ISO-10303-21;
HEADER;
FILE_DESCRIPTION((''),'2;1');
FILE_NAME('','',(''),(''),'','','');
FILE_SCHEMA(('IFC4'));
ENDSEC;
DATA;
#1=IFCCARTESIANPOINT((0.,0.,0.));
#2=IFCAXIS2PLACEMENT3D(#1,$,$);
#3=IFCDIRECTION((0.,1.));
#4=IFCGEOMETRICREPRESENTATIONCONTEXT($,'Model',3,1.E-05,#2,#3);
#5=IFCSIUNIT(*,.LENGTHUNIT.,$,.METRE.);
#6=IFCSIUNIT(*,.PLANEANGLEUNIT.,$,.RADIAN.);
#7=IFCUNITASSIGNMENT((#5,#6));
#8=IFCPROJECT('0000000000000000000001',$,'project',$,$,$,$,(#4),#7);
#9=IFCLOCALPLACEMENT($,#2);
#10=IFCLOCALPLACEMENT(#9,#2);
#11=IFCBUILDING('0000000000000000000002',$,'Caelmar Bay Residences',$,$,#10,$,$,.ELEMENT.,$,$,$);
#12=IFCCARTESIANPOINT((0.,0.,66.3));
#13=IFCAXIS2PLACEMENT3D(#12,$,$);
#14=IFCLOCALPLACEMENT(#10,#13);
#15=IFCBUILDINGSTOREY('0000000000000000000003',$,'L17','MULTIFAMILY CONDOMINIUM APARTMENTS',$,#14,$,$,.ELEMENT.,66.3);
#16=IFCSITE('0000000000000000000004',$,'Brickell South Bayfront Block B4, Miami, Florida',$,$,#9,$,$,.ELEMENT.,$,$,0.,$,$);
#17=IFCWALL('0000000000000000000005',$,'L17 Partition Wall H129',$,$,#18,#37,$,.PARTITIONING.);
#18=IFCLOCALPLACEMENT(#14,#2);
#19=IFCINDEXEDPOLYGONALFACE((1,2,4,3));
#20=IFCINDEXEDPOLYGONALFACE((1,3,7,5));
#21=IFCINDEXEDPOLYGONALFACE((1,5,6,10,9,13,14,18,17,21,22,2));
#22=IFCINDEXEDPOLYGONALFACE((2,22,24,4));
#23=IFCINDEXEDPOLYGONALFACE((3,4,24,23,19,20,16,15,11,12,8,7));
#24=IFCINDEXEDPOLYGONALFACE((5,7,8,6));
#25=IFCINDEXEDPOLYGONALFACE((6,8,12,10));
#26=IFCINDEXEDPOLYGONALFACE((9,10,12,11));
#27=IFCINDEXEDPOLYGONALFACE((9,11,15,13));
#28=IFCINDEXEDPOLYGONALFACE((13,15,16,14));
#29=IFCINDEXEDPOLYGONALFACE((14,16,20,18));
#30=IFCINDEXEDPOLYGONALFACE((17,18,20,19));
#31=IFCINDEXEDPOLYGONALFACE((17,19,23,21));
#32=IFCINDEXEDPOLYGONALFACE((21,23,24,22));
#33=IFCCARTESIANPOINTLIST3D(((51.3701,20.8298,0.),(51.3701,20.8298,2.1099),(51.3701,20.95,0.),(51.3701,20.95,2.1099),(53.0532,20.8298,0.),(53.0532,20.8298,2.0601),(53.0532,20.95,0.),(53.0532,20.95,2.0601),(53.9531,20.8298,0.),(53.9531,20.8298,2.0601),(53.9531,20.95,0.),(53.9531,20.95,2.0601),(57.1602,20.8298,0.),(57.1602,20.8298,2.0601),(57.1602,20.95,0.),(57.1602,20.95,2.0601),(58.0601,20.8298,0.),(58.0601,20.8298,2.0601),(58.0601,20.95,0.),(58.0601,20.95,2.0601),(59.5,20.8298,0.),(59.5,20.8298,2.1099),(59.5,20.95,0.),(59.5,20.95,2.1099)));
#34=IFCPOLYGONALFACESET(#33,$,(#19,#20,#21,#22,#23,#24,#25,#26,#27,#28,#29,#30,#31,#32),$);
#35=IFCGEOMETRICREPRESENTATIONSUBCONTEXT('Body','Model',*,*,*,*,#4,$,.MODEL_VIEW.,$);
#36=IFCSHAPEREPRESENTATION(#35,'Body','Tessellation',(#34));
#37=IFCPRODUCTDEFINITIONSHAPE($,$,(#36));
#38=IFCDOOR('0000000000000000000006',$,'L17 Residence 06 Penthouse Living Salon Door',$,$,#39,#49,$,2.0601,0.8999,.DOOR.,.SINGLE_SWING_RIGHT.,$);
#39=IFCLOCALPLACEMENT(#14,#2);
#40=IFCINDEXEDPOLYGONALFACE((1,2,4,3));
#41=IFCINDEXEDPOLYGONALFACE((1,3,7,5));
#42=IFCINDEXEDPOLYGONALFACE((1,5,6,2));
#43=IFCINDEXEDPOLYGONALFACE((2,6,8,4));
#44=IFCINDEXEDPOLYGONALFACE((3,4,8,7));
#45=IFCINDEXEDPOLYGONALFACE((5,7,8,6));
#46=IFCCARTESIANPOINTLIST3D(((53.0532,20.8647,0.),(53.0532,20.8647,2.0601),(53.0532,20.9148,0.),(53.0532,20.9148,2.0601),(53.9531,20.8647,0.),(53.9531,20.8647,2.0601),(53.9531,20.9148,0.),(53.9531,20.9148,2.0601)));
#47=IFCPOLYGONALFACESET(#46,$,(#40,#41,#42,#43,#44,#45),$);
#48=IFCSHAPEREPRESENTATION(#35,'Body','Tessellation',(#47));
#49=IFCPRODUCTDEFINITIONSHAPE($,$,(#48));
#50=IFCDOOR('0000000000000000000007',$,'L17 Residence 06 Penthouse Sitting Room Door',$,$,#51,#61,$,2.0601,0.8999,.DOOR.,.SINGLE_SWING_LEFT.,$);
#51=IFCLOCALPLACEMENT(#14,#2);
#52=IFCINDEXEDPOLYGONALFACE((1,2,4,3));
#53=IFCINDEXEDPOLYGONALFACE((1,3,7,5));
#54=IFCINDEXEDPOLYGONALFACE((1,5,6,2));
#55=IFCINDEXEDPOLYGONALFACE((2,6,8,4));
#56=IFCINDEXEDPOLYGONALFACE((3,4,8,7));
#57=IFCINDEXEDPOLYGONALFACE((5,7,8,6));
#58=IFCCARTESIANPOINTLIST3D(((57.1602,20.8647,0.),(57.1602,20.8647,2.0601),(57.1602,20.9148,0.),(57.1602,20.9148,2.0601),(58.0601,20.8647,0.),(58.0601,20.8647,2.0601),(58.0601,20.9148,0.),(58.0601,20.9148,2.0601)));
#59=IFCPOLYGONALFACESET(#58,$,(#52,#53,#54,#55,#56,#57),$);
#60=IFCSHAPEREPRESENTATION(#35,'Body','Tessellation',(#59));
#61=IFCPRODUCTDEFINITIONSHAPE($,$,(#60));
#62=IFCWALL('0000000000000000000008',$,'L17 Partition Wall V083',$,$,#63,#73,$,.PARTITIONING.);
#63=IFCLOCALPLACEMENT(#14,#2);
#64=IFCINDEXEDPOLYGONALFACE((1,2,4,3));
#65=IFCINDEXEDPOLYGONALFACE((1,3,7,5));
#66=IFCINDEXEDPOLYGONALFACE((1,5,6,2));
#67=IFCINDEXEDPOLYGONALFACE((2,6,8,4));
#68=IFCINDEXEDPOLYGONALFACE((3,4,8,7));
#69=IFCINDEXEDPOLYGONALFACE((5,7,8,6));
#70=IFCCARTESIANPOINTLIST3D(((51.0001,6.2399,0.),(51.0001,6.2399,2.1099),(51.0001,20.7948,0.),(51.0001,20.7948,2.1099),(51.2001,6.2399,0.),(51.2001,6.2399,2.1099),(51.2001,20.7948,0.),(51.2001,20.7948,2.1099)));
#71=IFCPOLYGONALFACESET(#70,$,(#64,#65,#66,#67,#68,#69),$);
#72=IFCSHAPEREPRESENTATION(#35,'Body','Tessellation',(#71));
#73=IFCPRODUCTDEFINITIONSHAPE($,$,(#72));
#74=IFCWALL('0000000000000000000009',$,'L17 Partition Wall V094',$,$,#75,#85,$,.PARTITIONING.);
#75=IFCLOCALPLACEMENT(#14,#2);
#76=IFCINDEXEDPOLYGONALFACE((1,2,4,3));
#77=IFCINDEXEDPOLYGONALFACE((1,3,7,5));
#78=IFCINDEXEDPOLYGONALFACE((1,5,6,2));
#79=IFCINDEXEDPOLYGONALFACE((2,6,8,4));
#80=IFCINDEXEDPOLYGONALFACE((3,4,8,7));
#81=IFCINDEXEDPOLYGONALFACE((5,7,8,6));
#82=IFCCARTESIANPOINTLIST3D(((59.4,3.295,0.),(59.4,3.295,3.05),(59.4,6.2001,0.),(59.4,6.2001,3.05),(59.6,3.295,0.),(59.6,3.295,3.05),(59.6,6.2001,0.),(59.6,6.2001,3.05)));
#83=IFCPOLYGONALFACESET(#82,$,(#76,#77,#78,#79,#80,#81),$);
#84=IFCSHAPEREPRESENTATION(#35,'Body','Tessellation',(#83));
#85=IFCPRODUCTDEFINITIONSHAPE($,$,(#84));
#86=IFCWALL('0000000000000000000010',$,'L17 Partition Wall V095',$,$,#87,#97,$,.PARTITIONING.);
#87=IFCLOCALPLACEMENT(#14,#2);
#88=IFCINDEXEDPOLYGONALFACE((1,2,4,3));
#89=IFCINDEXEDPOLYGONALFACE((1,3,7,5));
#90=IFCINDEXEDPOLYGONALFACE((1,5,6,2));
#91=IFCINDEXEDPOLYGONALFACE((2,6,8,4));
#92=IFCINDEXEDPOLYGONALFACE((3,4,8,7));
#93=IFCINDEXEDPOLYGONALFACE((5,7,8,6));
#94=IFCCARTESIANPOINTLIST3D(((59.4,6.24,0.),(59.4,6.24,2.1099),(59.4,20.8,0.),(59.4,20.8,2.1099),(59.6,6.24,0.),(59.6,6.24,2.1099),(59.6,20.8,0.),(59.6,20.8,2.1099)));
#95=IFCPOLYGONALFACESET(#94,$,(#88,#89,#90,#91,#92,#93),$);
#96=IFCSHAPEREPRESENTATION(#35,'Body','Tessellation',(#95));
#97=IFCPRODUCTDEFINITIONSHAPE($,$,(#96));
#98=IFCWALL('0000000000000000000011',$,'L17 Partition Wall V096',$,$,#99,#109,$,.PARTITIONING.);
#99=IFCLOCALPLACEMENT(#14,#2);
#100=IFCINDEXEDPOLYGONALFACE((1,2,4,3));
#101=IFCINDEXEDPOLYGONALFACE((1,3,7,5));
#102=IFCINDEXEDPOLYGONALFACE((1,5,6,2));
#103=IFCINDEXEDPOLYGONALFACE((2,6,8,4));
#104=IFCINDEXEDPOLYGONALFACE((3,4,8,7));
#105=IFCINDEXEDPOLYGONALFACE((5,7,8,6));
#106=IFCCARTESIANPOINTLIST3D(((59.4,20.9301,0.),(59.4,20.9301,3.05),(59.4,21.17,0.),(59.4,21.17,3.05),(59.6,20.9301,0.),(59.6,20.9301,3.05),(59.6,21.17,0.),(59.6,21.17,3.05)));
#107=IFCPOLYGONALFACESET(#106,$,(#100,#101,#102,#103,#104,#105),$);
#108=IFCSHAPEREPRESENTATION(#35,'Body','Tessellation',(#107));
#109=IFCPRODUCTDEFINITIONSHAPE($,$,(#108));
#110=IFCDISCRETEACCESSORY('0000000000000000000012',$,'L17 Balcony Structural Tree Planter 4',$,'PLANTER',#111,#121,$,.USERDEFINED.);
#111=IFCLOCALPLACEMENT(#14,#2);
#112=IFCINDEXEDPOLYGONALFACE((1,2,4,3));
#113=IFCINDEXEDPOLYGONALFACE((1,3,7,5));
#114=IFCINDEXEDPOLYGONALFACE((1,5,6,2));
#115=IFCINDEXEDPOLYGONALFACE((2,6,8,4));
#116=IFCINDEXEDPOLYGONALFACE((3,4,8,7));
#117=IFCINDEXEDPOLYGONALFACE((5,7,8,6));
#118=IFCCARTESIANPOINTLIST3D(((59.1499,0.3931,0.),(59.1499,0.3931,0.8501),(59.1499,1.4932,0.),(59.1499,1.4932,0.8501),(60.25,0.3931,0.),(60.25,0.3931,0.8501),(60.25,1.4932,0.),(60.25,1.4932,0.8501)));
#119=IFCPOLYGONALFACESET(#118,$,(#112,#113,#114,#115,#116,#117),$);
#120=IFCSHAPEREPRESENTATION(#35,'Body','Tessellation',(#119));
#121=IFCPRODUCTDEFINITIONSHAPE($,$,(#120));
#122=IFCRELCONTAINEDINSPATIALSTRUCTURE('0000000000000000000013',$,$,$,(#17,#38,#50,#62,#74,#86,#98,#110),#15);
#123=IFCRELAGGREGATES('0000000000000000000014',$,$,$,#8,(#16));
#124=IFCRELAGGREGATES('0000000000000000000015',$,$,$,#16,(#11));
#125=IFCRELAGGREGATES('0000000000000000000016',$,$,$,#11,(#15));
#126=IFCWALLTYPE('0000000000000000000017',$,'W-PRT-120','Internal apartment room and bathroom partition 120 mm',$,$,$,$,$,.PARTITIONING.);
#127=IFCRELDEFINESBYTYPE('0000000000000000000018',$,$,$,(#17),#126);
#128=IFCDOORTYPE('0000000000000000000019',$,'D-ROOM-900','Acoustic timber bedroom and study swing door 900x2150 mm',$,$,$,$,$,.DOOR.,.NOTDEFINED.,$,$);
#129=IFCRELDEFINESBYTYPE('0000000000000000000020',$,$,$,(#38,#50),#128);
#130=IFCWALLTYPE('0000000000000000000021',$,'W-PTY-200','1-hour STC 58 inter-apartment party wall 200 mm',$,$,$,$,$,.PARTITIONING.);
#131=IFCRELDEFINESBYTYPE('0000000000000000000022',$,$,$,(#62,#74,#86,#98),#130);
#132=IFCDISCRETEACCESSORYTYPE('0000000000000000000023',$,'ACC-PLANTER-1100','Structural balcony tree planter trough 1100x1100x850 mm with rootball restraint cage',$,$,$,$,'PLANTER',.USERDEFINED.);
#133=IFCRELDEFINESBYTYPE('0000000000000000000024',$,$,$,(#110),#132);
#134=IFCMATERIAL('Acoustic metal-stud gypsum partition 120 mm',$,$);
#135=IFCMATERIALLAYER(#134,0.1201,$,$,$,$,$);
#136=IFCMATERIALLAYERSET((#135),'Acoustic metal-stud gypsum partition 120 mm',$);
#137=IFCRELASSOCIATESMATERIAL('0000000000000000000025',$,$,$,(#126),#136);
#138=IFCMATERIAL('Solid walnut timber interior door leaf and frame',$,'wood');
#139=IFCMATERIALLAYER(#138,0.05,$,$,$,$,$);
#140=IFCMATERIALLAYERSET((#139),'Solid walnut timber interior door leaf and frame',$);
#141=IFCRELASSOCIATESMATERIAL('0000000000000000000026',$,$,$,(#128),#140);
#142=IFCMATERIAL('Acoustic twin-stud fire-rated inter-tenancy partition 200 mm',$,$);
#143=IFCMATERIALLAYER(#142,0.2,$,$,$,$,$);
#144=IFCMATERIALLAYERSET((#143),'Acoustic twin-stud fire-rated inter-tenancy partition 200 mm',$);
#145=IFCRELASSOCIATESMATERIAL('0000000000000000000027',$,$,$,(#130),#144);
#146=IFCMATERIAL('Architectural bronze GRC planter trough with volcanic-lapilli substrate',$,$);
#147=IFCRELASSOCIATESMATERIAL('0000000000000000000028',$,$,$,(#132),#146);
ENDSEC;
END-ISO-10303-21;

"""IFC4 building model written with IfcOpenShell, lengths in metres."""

from ifc_helpers import new_model, si_unit, direction, frame, frame_2d, origin, origin_2d, place, context, subcontext, project, spatial, rectangle, extrude, material, layer, layer_set, type_object, element, fill, save


model = new_model("IFC4")

# Units and contexts
model_context = context("Model", 3, precision=1e-05, world=origin(), true_north=direction((0.0, 1.0)))
body_context = subcontext(model_context, "Body", "Model", "MODEL_VIEW")
ifc_project = project(units=[si_unit("LENGTHUNIT", "METRE"), si_unit("PLANEANGLEUNIT", "RADIAN")], contexts=[model_context])

# Site, building, storey
site_placement = place(None, origin())
site = spatial("IfcSite", under=ifc_project, at=site_placement, Name="Brickell South Bayfront Block B4, Miami, Florida", CompositionType="ELEMENT", RefElevation=0.0)
building_placement = place(site_placement, origin())
building = spatial("IfcBuilding", under=site, at=building_placement, Name="Caelmar Bay Residences", CompositionType="ELEMENT")
storey_placement = place(building_placement, frame((0.0, 0.0, 66.3)))
storey = spatial("IfcBuildingStorey", under=building, at=storey_placement, Name="L17", Description="MULTIFAMILY CONDOMINIUM APARTMENTS", CompositionType="ELEMENT", Elevation=66.3)

# Shared definitions
ifc_material_1 = material(Name="Acoustic metal-stud gypsum partition 120 mm")
ifc_layer_1 = layer(ifc_material_1, 0.1201)
ifc_layer_set_1 = layer_set([ifc_layer_1], Name="Acoustic metal-stud gypsum partition 120 mm")
wall_type_1 = type_object("IfcWallType", Name="W-PRT-120", Description="Internal apartment room and bathroom partition 120 mm", PredefinedType="PARTITIONING", material=ifc_layer_set_1)

# Shared definitions
ifc_material_2 = material(Name="Solid walnut timber interior door leaf and frame", Category="wood")
ifc_layer_2 = layer(ifc_material_2, 0.05)
ifc_layer_set_2 = layer_set([ifc_layer_2], Name="Solid walnut timber interior door leaf and frame")
door_type = type_object("IfcDoorType", Name="D-ROOM-900", Description="Acoustic timber bedroom and study swing door 900x2150 mm", OperationType="NOTDEFINED", PredefinedType="DOOR", material=ifc_layer_set_2)

# Wall, openings, doors
wall_1_placement = place(storey_placement, frame((51.3701, 20.8899, 0.0), z_axis=(0.0, 0.0, 1.0), x_axis=(1.0, 0.0, 0.0)))
wall_1 = element("IfcWall", 1, at=wall_1_placement, inside=storey, type_object=wall_type_1, Name="L17 Partition Wall H129", PredefinedType="PARTITIONING", context=body_context, shape_type="SweptSolid", body=[
    extrude(rectangle(XDim=8.1299, YDim=0.1201, at=frame_2d((4.0649, 0.0))), origin(), (0.0, 0.0, 1.0), 2.1099),
])
opening_1_placement = place(wall_1_placement, frame((1.6831, 0.0, 0.0)))
opening_1 = element("IfcOpeningElement", 2, at=opening_1_placement, cuts=wall_1, PredefinedType="OPENING", context=body_context, shape_type="SweptSolid", body=[
    extrude(rectangle(XDim=0.8999, YDim=2.0601, at=frame_2d((0.45, 1.03))), frame((0.0, 0.0701, 0.0), z_axis=(0.0, -1.0, 0.0), x_axis=(1.0, 0.0, 0.0)), (0.0, 0.0, 1.0), 0.1401),
])
opening_2_placement = place(wall_1_placement, frame((5.79, 0.0, 0.0)))
opening_2 = element("IfcOpeningElement", 3, at=opening_2_placement, cuts=wall_1, PredefinedType="OPENING", context=body_context, shape_type="SweptSolid", body=[
    extrude(rectangle(XDim=0.8999, YDim=2.0601, at=frame_2d((0.45, 1.03))), frame((0.0, 0.0701, 0.0), z_axis=(0.0, -1.0, 0.0), x_axis=(1.0, 0.0, 0.0)), (0.0, 0.0, 1.0), 0.1401),
])
door_1_placement = place(opening_1_placement, origin())
door_1 = element("IfcDoor", 4, at=door_1_placement, inside=storey, type_object=door_type, Name="L17 Residence 06 Penthouse Living Salon Door", OperationType="SINGLE_SWING_RIGHT", OverallHeight=2.0601, OverallWidth=0.8999, PredefinedType="DOOR", context=body_context, shape_type="SweptSolid", body=[
    extrude(rectangle(XDim=0.8999, YDim=2.0601, at=frame_2d((0.45, 1.03))), frame((0.0, 0.0249, 0.0), z_axis=(0.0, -1.0, 0.0), x_axis=(1.0, 0.0, 0.0)), (0.0, 0.0, 1.0), 0.05),
])
fill(opening_1, door_1)
door_2_placement = place(opening_2_placement, origin())
door_2 = element("IfcDoor", 5, at=door_2_placement, inside=storey, type_object=door_type, Name="L17 Residence 06 Penthouse Sitting Room Door", OperationType="SINGLE_SWING_LEFT", OverallHeight=2.0601, OverallWidth=0.8999, PredefinedType="DOOR", context=body_context, shape_type="SweptSolid", body=[
    extrude(rectangle(XDim=0.8999, YDim=2.0601, at=frame_2d((0.45, 1.03))), frame((0.0, 0.0249, 0.0), z_axis=(0.0, -1.0, 0.0), x_axis=(1.0, 0.0, 0.0)), (0.0, 0.0, 1.0), 0.05),
])
fill(opening_2, door_2)

# Walls
ifc_material_3 = material(Name="Acoustic twin-stud fire-rated inter-tenancy partition 200 mm")
ifc_layer_3 = layer(ifc_material_3, 0.2)
ifc_layer_set_3 = layer_set([ifc_layer_3], Name="Acoustic twin-stud fire-rated inter-tenancy partition 200 mm")
wall_type_2 = type_object("IfcWallType", Name="W-PTY-200", Description="1-hour STC 58 inter-apartment party wall 200 mm", PredefinedType="PARTITIONING", material=ifc_layer_set_3)
wall_2_placement = place(storey_placement, frame((51.1001, 6.24, 0.0), z_axis=(0.0, 0.0, 1.0), x_axis=(0.0, 1.0, 0.0)))
element("IfcWall", 6, at=wall_2_placement, inside=storey, type_object=wall_type_2, Name="L17 Partition Wall V083", PredefinedType="PARTITIONING", context=body_context, shape_type="SweptSolid", body=[
    extrude(rectangle(XDim=14.5549, YDim=0.2, at=frame_2d((7.2773, 0.0))), origin(), (0.0, 0.0, 1.0), 2.1099),
])
wall_3_placement = place(storey_placement, frame((59.5, 3.2949, 0.0), z_axis=(0.0, 0.0, 1.0), x_axis=(0.0, 1.0, 0.0)))
element("IfcWall", 7, at=wall_3_placement, inside=storey, type_object=wall_type_2, Name="L17 Partition Wall V094", PredefinedType="PARTITIONING", context=body_context, shape_type="SweptSolid", body=[
    extrude(rectangle(XDim=2.905, YDim=0.2, at=frame_2d((1.4526, 0.0))), origin(), (0.0, 0.0, 1.0), 3.05),
])
wall_4_placement = place(storey_placement, frame((59.5, 6.24, 0.0), z_axis=(0.0, 0.0, 1.0), x_axis=(0.0, 1.0, 0.0)))
element("IfcWall", 8, at=wall_4_placement, inside=storey, type_object=wall_type_2, Name="L17 Partition Wall V095", PredefinedType="PARTITIONING", context=body_context, shape_type="SweptSolid", body=[
    extrude(rectangle(XDim=14.5601, YDim=0.2, at=frame_2d((7.28, 0.0))), origin(), (0.0, 0.0, 1.0), 2.1099),
])
wall_5_placement = place(storey_placement, frame((59.5, 20.9299, 0.0), z_axis=(0.0, 0.0, 1.0), x_axis=(0.0, 1.0, 0.0)))
element("IfcWall", 9, at=wall_5_placement, inside=storey, type_object=wall_type_2, Name="L17 Partition Wall V096", PredefinedType="PARTITIONING", context=body_context, shape_type="SweptSolid", body=[
    extrude(rectangle(XDim=0.24, YDim=0.2, at=frame_2d((0.1201, 0.0))), origin(), (0.0, 0.0, 1.0), 3.05),
])

# Discrete accessory
ifc_material_4 = material(Name="Architectural bronze GRC planter trough with volcanic-lapilli substrate")
discrete_accessory_type = type_object("IfcDiscreteAccessoryType", Name="ACC-PLANTER-1100", Description="Structural balcony tree planter trough 1100x1100x850 mm with rootball restraint cage", ElementType="PLANTER", PredefinedType="USERDEFINED", material=ifc_material_4)
discrete_accessory_placement = place(storey_placement, frame((59.7, 0.9431, 0.0), z_axis=(0.0, 0.0, 1.0), x_axis=(1.0, 0.0, 0.0)))
element("IfcDiscreteAccessory", 10, at=discrete_accessory_placement, inside=storey, type_object=discrete_accessory_type, Name="L17 Balcony Structural Tree Planter 4", ObjectType="PLANTER", PredefinedType="USERDEFINED", context=body_context, shape_type="SweptSolid", body=[
    extrude(rectangle(XDim=1.1001, YDim=1.1001, at=origin_2d()), origin(), (0.0, 0.0, 1.0), 0.8501),
])

save(model, "model.ifc")
